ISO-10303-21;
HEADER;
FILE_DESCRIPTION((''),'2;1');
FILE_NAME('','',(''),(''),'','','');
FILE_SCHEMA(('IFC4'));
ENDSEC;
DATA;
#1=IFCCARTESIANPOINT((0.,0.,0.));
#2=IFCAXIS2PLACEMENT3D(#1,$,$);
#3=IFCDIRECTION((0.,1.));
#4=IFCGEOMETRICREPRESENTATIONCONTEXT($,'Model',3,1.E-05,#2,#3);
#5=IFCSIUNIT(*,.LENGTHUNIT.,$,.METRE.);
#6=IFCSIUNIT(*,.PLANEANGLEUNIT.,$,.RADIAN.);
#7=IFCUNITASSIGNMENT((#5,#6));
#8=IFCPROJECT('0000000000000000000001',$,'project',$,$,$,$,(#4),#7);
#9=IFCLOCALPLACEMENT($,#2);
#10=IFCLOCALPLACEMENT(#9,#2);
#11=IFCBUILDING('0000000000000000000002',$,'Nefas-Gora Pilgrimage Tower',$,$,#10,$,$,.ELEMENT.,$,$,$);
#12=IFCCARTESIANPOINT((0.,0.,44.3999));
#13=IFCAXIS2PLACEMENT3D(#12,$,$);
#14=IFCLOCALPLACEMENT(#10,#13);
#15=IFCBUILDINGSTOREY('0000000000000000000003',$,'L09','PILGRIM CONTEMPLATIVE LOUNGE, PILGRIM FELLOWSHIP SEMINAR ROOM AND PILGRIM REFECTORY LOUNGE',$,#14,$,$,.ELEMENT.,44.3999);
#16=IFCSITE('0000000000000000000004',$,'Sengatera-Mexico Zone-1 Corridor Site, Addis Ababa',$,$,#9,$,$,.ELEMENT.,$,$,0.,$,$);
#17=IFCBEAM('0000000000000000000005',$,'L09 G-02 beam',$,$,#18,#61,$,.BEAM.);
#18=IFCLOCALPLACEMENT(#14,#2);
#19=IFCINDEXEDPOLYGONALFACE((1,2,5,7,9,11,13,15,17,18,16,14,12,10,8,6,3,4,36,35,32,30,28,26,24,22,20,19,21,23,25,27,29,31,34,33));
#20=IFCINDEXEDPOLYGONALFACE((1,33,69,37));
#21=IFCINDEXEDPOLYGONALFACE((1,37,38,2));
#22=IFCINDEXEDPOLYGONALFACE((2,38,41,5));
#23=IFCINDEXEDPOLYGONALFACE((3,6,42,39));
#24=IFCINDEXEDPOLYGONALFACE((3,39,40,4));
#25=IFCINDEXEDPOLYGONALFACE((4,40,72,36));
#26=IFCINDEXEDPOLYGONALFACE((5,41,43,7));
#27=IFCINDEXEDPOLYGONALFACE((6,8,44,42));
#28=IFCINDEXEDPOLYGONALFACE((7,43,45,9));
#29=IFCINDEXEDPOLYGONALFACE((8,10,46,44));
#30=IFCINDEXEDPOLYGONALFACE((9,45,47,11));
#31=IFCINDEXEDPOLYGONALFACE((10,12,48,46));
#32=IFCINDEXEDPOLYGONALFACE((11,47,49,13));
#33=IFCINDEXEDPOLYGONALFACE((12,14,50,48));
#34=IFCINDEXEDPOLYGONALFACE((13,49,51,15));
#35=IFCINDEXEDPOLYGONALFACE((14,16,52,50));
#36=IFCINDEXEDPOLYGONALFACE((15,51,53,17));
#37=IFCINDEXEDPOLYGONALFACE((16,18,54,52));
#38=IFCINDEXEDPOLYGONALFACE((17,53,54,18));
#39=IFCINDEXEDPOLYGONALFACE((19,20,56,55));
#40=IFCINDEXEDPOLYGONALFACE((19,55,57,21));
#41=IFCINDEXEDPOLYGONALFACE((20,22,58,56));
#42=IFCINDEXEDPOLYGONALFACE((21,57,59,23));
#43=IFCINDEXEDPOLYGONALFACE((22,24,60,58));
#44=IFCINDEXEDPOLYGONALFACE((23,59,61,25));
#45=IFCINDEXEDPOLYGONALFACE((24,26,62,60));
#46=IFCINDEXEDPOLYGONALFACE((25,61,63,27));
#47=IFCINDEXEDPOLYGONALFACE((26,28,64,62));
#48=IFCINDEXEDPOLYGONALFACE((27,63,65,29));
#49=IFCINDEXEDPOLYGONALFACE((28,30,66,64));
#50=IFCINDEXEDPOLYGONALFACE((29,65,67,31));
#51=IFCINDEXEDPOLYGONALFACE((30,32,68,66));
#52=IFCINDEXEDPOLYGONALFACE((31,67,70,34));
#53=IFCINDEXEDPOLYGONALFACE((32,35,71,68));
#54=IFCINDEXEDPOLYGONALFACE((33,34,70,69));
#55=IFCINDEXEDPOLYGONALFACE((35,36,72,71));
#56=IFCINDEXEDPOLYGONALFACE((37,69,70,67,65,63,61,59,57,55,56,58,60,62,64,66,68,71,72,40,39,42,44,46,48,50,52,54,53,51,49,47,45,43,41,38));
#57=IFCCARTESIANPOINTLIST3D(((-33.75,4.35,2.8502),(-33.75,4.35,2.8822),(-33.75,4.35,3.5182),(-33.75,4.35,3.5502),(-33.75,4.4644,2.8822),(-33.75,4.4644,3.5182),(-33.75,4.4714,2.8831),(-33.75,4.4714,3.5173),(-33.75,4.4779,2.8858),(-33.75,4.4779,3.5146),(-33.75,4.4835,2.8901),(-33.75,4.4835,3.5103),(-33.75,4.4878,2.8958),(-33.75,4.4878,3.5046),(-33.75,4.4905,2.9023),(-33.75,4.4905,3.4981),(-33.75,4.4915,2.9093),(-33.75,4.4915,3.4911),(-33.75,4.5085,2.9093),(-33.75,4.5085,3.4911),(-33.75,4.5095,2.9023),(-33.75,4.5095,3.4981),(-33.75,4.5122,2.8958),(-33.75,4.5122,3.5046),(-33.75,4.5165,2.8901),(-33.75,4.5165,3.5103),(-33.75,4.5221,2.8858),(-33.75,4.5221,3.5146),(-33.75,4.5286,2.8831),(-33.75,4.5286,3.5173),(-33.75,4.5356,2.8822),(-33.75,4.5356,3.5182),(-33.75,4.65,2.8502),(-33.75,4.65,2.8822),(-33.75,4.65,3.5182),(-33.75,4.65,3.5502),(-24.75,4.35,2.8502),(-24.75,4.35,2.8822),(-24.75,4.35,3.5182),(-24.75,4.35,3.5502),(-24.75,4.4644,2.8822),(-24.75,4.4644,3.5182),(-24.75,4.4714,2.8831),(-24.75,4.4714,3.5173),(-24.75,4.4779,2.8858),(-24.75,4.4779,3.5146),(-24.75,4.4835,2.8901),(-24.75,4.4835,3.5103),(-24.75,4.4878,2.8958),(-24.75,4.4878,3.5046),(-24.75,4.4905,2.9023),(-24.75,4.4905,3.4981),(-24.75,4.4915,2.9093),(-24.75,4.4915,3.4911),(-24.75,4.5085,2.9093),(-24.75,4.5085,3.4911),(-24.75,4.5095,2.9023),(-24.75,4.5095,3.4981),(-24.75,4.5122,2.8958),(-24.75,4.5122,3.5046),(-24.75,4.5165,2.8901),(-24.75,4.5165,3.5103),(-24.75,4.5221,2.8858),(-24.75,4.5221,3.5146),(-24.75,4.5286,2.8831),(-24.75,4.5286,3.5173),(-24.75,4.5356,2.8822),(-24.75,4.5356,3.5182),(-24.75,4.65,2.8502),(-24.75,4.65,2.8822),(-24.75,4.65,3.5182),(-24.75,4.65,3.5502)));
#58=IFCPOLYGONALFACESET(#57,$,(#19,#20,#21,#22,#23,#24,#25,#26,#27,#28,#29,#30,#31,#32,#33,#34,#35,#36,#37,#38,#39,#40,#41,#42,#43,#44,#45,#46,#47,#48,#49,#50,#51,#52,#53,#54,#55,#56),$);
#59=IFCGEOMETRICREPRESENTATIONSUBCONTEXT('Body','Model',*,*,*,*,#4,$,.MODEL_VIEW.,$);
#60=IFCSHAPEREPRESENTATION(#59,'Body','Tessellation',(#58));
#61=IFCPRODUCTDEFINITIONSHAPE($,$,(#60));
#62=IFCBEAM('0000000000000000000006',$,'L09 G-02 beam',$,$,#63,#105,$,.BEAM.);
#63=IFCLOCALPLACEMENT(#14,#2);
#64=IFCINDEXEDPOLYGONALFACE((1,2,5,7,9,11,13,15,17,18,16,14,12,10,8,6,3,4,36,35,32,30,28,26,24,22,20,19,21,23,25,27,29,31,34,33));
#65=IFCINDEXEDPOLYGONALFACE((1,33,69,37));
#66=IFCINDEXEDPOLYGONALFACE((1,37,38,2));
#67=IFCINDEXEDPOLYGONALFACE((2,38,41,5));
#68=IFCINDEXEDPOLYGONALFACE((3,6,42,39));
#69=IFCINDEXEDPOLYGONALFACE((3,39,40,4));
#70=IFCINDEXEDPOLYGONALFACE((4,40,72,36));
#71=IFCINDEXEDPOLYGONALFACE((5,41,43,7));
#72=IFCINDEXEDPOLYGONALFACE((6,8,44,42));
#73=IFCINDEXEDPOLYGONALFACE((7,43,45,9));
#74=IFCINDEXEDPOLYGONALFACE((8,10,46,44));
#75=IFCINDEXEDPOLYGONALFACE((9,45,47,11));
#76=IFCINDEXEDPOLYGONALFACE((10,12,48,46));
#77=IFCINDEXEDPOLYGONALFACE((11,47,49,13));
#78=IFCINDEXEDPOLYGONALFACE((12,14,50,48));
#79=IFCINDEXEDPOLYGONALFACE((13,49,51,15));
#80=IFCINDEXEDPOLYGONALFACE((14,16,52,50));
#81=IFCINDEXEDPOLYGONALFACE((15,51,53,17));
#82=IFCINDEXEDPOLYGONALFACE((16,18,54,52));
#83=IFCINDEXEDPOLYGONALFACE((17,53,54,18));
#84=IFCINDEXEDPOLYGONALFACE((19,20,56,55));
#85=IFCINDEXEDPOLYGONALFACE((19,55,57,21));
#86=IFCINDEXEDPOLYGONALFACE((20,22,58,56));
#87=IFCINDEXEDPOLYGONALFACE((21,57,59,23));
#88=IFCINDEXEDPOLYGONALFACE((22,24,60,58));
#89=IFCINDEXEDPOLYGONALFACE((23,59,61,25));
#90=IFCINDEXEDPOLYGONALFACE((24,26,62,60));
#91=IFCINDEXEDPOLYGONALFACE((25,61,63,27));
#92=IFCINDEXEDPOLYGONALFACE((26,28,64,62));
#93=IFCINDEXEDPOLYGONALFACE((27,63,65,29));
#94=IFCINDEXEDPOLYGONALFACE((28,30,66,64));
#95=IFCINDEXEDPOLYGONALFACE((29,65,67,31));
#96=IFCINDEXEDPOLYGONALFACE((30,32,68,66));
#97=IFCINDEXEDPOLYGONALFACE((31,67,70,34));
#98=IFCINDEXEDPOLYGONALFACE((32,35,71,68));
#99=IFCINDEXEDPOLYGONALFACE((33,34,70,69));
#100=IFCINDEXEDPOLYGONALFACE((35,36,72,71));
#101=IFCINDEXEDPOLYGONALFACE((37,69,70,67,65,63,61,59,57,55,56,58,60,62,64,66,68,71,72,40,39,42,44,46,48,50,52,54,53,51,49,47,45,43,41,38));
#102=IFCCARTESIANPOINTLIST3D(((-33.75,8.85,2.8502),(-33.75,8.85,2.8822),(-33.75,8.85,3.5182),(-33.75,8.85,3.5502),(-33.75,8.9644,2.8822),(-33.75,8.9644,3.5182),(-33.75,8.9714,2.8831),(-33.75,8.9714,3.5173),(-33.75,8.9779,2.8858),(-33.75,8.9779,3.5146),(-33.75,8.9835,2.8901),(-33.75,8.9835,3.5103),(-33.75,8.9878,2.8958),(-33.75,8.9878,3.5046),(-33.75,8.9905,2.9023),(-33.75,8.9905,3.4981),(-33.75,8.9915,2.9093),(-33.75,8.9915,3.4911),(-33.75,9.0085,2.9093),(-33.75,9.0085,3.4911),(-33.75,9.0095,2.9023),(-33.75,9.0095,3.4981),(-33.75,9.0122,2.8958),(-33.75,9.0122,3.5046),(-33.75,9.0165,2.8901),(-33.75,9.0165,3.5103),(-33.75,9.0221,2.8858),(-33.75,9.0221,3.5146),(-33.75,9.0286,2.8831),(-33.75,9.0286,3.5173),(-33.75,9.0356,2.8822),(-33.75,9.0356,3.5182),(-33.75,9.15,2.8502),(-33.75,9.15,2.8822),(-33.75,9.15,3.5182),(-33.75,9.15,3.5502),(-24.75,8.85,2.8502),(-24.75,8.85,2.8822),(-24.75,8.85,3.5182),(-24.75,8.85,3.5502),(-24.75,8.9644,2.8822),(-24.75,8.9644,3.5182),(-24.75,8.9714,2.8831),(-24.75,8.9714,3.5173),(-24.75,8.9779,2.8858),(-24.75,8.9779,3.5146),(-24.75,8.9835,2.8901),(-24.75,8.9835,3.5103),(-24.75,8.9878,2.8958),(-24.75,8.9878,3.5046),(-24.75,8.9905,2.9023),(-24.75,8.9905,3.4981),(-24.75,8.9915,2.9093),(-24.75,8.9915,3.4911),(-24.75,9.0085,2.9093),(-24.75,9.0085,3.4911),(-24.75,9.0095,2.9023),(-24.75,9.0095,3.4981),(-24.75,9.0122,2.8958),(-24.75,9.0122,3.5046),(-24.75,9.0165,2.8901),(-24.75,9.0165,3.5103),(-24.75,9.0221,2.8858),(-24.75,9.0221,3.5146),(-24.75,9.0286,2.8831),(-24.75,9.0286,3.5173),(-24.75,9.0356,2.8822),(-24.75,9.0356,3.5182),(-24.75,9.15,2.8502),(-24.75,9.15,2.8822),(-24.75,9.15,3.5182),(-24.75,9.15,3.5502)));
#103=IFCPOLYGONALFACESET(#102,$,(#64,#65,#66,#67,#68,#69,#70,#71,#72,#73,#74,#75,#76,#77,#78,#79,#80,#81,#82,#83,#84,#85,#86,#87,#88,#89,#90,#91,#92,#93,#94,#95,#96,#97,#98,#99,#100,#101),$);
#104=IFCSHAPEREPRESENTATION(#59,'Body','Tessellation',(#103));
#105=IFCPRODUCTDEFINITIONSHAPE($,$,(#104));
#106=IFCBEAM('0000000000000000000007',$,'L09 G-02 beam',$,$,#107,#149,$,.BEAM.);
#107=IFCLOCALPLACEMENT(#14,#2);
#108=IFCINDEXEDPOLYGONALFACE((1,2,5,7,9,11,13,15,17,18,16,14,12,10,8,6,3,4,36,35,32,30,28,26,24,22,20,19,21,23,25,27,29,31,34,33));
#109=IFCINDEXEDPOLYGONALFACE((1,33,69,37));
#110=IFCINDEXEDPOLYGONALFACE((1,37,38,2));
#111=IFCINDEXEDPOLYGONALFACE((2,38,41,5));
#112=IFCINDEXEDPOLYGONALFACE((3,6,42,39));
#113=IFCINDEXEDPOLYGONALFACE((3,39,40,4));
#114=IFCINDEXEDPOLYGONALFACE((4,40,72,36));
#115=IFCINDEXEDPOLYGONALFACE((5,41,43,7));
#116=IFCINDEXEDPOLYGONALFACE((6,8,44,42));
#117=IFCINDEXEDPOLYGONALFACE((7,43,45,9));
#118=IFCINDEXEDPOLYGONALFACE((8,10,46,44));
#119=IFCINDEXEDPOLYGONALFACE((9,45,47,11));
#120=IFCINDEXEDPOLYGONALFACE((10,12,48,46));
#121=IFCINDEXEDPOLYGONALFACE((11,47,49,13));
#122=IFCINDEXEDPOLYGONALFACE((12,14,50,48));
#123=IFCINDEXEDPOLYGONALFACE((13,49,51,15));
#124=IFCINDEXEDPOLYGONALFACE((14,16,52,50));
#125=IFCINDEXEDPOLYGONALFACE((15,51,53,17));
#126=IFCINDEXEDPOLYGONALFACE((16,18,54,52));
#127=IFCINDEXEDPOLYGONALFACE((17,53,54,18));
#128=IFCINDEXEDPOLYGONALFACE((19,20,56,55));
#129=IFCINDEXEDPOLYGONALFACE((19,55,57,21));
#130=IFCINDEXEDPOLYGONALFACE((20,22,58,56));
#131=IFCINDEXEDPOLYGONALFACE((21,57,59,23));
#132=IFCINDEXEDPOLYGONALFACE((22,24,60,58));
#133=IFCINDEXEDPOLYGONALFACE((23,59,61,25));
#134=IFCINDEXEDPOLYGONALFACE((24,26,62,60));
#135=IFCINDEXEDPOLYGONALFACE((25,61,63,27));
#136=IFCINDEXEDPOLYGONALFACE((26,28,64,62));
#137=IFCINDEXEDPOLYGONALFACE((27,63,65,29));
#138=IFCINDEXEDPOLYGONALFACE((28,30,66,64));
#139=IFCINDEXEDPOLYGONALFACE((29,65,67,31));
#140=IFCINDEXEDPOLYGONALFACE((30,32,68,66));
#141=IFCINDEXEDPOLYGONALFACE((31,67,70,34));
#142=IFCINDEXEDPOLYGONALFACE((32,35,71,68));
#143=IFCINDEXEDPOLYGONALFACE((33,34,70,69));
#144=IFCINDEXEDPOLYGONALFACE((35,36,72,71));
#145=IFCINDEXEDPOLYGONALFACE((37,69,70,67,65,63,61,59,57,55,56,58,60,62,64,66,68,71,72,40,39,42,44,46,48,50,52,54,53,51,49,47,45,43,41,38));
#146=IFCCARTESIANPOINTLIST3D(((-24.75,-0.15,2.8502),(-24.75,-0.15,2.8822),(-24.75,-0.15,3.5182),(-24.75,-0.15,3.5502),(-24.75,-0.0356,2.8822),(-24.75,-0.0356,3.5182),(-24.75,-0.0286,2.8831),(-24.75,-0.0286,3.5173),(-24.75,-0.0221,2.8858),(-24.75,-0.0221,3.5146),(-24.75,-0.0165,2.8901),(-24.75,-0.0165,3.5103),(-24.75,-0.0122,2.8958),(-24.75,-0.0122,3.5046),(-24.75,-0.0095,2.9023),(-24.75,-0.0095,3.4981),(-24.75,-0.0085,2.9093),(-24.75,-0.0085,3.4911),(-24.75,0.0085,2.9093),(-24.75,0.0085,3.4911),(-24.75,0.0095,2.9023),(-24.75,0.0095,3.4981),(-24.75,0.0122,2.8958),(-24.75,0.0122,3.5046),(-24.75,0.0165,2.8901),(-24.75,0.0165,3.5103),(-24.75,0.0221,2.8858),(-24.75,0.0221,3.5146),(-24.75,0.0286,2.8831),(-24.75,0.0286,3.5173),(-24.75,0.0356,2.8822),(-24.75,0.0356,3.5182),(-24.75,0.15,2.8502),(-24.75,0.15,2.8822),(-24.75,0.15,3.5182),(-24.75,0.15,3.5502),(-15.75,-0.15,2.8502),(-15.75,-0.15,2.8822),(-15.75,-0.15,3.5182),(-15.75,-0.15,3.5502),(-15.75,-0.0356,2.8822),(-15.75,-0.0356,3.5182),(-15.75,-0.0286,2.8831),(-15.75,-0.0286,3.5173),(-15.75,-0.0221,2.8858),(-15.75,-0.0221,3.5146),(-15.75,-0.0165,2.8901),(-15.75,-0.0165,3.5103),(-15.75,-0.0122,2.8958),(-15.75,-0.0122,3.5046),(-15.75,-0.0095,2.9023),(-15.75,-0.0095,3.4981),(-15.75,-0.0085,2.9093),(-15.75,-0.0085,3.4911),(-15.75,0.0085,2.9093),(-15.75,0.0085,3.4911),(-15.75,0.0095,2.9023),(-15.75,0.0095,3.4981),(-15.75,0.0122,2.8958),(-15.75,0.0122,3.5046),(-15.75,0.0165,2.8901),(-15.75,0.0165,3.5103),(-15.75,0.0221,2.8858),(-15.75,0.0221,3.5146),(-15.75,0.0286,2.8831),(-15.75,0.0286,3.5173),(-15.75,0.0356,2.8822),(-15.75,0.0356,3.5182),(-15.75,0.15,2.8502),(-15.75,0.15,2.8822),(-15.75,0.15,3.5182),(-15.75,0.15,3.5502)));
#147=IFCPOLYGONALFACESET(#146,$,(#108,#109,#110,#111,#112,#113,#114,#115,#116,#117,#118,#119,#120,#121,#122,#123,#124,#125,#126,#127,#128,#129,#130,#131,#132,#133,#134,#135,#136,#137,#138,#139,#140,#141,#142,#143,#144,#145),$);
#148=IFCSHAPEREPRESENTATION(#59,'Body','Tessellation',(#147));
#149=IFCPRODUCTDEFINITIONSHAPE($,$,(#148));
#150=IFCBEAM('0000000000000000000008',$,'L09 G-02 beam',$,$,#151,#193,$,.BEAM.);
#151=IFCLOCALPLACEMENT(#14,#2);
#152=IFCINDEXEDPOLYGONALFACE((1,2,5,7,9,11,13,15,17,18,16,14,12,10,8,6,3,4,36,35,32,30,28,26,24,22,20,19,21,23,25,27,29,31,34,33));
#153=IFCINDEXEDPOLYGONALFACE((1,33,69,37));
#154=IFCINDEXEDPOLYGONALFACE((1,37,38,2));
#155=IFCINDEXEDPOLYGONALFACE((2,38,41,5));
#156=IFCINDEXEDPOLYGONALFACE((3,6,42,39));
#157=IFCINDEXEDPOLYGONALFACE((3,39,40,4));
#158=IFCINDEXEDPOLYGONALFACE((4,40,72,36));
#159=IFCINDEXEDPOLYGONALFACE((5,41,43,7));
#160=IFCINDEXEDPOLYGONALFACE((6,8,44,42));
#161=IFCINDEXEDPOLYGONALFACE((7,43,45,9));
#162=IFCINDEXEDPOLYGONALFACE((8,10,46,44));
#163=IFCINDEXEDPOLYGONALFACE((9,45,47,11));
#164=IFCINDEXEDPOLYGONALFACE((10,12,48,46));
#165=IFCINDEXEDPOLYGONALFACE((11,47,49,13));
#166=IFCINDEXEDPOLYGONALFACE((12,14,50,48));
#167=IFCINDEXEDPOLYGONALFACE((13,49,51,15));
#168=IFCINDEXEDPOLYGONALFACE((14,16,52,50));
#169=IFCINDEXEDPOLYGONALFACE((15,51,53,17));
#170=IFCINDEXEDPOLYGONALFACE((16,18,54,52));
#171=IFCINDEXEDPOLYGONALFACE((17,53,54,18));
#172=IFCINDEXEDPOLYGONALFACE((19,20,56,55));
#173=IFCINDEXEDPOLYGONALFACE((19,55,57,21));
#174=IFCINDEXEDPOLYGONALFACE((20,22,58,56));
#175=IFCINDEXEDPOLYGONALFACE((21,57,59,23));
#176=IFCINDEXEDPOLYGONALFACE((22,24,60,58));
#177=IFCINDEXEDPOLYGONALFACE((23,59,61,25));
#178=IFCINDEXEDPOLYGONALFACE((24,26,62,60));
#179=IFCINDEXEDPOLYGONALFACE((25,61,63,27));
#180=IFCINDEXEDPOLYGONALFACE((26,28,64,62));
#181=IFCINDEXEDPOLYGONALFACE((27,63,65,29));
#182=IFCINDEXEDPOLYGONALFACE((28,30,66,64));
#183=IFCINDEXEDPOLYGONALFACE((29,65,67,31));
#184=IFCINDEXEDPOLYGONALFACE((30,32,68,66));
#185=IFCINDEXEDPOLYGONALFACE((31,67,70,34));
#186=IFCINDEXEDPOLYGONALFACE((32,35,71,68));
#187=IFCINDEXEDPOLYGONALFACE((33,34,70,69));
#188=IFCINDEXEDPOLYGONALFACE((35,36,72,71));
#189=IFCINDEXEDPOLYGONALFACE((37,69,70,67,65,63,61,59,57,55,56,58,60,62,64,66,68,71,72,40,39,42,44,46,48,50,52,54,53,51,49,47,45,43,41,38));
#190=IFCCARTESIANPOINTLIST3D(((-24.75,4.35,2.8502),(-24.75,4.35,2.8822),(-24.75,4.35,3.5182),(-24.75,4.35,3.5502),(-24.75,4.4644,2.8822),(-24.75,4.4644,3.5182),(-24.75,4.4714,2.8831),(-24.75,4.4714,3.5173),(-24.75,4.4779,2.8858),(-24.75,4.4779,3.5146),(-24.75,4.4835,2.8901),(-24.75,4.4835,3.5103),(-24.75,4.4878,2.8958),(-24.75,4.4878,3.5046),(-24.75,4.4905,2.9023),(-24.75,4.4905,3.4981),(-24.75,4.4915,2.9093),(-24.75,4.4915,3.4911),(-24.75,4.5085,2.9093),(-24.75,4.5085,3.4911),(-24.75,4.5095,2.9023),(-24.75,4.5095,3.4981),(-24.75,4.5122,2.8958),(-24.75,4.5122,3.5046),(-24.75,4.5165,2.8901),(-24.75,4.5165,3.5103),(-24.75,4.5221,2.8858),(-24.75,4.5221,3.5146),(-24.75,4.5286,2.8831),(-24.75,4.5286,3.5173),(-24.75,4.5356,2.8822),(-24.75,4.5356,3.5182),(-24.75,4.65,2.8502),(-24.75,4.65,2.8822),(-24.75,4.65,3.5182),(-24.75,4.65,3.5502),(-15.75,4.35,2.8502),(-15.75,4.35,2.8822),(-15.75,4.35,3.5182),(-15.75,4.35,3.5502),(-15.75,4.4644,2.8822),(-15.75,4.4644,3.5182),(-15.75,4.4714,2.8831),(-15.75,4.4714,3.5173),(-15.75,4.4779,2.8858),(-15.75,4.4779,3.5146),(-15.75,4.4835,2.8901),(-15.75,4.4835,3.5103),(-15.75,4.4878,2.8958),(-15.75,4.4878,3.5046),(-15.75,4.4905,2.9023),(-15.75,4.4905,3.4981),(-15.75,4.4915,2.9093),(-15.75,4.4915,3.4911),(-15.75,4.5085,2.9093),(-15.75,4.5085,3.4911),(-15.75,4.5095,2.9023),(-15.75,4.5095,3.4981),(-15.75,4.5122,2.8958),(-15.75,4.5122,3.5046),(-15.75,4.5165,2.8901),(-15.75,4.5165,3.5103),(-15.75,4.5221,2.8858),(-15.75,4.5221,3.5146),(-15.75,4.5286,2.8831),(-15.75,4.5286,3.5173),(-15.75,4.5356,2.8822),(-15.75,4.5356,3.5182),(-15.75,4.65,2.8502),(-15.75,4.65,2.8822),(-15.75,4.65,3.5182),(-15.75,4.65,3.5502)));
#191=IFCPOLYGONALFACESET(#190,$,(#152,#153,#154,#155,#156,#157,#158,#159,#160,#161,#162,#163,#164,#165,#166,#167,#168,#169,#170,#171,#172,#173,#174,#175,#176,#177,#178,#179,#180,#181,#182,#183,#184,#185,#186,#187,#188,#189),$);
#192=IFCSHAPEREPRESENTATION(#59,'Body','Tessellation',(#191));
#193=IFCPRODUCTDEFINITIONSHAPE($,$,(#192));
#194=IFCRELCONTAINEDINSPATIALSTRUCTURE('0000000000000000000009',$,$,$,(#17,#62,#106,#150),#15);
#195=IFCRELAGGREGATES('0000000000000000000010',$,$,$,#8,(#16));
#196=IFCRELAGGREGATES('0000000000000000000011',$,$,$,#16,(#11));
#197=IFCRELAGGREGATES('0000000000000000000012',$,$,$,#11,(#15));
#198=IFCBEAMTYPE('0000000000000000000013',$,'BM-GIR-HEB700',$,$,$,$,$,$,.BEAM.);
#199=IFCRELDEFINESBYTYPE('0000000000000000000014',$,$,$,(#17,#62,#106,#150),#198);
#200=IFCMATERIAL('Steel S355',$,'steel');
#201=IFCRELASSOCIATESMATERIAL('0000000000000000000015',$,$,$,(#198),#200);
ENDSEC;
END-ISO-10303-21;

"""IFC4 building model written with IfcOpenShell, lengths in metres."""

from ifc_helpers import new_model, si_unit, direction, frame, origin, origin_2d, place, context, subcontext, project, spatial, i_section, extrude, source, transform, mapped, material, material_profile, profile_set, type_object, element, save


model = new_model("IFC4")

# Units and contexts
model_context = context("Model", 3, precision=1e-05, world=origin(), true_north=direction((0.0, 1.0)))
body_context = subcontext(model_context, "Body", "Model", "MODEL_VIEW")
ifc_project = project(units=[si_unit("LENGTHUNIT", "METRE"), si_unit("PLANEANGLEUNIT", "RADIAN")], contexts=[model_context])

# Site, building, storey
site_placement = place(None, origin())
site = spatial("IfcSite", under=ifc_project, at=site_placement, Name="Sengatera-Mexico Zone-1 Corridor Site, Addis Ababa", CompositionType="ELEMENT", RefElevation=0.0)
building_placement = place(site_placement, origin())
building = spatial("IfcBuilding", under=site, at=building_placement, Name="Nefas-Gora Pilgrimage Tower", CompositionType="ELEMENT")
storey_placement = place(building_placement, frame((0.0, 0.0, 44.3999)))
storey = spatial("IfcBuildingStorey", under=building, at=storey_placement, Name="L09", Description="PILGRIM CONTEMPLATIVE LOUNGE, PILGRIM FELLOWSHIP SEMINAR ROOM AND PILGRIM REFECTORY LOUNGE", CompositionType="ELEMENT", Elevation=44.3999)

# Beams
ifc_material_1 = material(Name="Steel S355", Category="steel")
ifc_material_profile_1 = material_profile(ifc_material_1, i_section(OverallWidth=0.3, OverallDepth=0.7, WebThickness=0.0171, FlangeThickness=0.032, FilletRadius=0.0271, at=origin_2d()), Name="HEB 700")
ifc_profile_set_1 = profile_set([ifc_material_profile_1], Name="Steel S355")
beam_type_1 = type_object("IfcBeamType", Name="BM-GIR-HEB700", PredefinedType="BEAM", material=ifc_profile_set_1)
shared_shape_1 = source(origin(), body_context, "Body", "SweptSolid", [
    extrude(i_section(OverallWidth=0.3, OverallDepth=0.7, WebThickness=0.0171, FlangeThickness=0.032, FilletRadius=0.0271, at=origin_2d()), origin(), (0.0, 0.0, 1.0), 9.0),
])
for number, where, z_axis, x_axis, name in (
    (1, (-33.75, 4.5, 3.2002), (1.0, 0.0, 0.0), (0.0, 1.0, 0.0), "L09 G-02 beam"),
    (2, (-33.75, 9.0, 3.2002), (1.0, 0.0, 0.0), (0.0, 1.0, 0.0), "L09 G-02 beam"),
    (3, (-24.75, 0.0, 3.2002), (1.0, 0.0, 0.0), (0.0, 1.0, 0.0), "L09 G-02 beam"),
    (4, (-24.75, 4.5, 3.2002), (1.0, 0.0, 0.0), (0.0, 1.0, 0.0), "L09 G-02 beam"),
):
    element("IfcBeam", number, at=place(storey_placement, frame(where, z_axis=z_axis, x_axis=x_axis)), inside=storey, type_object=beam_type_1, Name=name, PredefinedType="BEAM", context=body_context, shape_type="MappedRepresentation", body=[
        mapped(shared_shape_1, transform((0.0, 0.0, 0.0), x_axis=(1.0, 0.0, 0.0), y_axis=(0.0, 1.0, 0.0), z_axis=(0.0, 0.0, 1.0), scale=1.0)),
    ])

save(model, "model.ifc")
